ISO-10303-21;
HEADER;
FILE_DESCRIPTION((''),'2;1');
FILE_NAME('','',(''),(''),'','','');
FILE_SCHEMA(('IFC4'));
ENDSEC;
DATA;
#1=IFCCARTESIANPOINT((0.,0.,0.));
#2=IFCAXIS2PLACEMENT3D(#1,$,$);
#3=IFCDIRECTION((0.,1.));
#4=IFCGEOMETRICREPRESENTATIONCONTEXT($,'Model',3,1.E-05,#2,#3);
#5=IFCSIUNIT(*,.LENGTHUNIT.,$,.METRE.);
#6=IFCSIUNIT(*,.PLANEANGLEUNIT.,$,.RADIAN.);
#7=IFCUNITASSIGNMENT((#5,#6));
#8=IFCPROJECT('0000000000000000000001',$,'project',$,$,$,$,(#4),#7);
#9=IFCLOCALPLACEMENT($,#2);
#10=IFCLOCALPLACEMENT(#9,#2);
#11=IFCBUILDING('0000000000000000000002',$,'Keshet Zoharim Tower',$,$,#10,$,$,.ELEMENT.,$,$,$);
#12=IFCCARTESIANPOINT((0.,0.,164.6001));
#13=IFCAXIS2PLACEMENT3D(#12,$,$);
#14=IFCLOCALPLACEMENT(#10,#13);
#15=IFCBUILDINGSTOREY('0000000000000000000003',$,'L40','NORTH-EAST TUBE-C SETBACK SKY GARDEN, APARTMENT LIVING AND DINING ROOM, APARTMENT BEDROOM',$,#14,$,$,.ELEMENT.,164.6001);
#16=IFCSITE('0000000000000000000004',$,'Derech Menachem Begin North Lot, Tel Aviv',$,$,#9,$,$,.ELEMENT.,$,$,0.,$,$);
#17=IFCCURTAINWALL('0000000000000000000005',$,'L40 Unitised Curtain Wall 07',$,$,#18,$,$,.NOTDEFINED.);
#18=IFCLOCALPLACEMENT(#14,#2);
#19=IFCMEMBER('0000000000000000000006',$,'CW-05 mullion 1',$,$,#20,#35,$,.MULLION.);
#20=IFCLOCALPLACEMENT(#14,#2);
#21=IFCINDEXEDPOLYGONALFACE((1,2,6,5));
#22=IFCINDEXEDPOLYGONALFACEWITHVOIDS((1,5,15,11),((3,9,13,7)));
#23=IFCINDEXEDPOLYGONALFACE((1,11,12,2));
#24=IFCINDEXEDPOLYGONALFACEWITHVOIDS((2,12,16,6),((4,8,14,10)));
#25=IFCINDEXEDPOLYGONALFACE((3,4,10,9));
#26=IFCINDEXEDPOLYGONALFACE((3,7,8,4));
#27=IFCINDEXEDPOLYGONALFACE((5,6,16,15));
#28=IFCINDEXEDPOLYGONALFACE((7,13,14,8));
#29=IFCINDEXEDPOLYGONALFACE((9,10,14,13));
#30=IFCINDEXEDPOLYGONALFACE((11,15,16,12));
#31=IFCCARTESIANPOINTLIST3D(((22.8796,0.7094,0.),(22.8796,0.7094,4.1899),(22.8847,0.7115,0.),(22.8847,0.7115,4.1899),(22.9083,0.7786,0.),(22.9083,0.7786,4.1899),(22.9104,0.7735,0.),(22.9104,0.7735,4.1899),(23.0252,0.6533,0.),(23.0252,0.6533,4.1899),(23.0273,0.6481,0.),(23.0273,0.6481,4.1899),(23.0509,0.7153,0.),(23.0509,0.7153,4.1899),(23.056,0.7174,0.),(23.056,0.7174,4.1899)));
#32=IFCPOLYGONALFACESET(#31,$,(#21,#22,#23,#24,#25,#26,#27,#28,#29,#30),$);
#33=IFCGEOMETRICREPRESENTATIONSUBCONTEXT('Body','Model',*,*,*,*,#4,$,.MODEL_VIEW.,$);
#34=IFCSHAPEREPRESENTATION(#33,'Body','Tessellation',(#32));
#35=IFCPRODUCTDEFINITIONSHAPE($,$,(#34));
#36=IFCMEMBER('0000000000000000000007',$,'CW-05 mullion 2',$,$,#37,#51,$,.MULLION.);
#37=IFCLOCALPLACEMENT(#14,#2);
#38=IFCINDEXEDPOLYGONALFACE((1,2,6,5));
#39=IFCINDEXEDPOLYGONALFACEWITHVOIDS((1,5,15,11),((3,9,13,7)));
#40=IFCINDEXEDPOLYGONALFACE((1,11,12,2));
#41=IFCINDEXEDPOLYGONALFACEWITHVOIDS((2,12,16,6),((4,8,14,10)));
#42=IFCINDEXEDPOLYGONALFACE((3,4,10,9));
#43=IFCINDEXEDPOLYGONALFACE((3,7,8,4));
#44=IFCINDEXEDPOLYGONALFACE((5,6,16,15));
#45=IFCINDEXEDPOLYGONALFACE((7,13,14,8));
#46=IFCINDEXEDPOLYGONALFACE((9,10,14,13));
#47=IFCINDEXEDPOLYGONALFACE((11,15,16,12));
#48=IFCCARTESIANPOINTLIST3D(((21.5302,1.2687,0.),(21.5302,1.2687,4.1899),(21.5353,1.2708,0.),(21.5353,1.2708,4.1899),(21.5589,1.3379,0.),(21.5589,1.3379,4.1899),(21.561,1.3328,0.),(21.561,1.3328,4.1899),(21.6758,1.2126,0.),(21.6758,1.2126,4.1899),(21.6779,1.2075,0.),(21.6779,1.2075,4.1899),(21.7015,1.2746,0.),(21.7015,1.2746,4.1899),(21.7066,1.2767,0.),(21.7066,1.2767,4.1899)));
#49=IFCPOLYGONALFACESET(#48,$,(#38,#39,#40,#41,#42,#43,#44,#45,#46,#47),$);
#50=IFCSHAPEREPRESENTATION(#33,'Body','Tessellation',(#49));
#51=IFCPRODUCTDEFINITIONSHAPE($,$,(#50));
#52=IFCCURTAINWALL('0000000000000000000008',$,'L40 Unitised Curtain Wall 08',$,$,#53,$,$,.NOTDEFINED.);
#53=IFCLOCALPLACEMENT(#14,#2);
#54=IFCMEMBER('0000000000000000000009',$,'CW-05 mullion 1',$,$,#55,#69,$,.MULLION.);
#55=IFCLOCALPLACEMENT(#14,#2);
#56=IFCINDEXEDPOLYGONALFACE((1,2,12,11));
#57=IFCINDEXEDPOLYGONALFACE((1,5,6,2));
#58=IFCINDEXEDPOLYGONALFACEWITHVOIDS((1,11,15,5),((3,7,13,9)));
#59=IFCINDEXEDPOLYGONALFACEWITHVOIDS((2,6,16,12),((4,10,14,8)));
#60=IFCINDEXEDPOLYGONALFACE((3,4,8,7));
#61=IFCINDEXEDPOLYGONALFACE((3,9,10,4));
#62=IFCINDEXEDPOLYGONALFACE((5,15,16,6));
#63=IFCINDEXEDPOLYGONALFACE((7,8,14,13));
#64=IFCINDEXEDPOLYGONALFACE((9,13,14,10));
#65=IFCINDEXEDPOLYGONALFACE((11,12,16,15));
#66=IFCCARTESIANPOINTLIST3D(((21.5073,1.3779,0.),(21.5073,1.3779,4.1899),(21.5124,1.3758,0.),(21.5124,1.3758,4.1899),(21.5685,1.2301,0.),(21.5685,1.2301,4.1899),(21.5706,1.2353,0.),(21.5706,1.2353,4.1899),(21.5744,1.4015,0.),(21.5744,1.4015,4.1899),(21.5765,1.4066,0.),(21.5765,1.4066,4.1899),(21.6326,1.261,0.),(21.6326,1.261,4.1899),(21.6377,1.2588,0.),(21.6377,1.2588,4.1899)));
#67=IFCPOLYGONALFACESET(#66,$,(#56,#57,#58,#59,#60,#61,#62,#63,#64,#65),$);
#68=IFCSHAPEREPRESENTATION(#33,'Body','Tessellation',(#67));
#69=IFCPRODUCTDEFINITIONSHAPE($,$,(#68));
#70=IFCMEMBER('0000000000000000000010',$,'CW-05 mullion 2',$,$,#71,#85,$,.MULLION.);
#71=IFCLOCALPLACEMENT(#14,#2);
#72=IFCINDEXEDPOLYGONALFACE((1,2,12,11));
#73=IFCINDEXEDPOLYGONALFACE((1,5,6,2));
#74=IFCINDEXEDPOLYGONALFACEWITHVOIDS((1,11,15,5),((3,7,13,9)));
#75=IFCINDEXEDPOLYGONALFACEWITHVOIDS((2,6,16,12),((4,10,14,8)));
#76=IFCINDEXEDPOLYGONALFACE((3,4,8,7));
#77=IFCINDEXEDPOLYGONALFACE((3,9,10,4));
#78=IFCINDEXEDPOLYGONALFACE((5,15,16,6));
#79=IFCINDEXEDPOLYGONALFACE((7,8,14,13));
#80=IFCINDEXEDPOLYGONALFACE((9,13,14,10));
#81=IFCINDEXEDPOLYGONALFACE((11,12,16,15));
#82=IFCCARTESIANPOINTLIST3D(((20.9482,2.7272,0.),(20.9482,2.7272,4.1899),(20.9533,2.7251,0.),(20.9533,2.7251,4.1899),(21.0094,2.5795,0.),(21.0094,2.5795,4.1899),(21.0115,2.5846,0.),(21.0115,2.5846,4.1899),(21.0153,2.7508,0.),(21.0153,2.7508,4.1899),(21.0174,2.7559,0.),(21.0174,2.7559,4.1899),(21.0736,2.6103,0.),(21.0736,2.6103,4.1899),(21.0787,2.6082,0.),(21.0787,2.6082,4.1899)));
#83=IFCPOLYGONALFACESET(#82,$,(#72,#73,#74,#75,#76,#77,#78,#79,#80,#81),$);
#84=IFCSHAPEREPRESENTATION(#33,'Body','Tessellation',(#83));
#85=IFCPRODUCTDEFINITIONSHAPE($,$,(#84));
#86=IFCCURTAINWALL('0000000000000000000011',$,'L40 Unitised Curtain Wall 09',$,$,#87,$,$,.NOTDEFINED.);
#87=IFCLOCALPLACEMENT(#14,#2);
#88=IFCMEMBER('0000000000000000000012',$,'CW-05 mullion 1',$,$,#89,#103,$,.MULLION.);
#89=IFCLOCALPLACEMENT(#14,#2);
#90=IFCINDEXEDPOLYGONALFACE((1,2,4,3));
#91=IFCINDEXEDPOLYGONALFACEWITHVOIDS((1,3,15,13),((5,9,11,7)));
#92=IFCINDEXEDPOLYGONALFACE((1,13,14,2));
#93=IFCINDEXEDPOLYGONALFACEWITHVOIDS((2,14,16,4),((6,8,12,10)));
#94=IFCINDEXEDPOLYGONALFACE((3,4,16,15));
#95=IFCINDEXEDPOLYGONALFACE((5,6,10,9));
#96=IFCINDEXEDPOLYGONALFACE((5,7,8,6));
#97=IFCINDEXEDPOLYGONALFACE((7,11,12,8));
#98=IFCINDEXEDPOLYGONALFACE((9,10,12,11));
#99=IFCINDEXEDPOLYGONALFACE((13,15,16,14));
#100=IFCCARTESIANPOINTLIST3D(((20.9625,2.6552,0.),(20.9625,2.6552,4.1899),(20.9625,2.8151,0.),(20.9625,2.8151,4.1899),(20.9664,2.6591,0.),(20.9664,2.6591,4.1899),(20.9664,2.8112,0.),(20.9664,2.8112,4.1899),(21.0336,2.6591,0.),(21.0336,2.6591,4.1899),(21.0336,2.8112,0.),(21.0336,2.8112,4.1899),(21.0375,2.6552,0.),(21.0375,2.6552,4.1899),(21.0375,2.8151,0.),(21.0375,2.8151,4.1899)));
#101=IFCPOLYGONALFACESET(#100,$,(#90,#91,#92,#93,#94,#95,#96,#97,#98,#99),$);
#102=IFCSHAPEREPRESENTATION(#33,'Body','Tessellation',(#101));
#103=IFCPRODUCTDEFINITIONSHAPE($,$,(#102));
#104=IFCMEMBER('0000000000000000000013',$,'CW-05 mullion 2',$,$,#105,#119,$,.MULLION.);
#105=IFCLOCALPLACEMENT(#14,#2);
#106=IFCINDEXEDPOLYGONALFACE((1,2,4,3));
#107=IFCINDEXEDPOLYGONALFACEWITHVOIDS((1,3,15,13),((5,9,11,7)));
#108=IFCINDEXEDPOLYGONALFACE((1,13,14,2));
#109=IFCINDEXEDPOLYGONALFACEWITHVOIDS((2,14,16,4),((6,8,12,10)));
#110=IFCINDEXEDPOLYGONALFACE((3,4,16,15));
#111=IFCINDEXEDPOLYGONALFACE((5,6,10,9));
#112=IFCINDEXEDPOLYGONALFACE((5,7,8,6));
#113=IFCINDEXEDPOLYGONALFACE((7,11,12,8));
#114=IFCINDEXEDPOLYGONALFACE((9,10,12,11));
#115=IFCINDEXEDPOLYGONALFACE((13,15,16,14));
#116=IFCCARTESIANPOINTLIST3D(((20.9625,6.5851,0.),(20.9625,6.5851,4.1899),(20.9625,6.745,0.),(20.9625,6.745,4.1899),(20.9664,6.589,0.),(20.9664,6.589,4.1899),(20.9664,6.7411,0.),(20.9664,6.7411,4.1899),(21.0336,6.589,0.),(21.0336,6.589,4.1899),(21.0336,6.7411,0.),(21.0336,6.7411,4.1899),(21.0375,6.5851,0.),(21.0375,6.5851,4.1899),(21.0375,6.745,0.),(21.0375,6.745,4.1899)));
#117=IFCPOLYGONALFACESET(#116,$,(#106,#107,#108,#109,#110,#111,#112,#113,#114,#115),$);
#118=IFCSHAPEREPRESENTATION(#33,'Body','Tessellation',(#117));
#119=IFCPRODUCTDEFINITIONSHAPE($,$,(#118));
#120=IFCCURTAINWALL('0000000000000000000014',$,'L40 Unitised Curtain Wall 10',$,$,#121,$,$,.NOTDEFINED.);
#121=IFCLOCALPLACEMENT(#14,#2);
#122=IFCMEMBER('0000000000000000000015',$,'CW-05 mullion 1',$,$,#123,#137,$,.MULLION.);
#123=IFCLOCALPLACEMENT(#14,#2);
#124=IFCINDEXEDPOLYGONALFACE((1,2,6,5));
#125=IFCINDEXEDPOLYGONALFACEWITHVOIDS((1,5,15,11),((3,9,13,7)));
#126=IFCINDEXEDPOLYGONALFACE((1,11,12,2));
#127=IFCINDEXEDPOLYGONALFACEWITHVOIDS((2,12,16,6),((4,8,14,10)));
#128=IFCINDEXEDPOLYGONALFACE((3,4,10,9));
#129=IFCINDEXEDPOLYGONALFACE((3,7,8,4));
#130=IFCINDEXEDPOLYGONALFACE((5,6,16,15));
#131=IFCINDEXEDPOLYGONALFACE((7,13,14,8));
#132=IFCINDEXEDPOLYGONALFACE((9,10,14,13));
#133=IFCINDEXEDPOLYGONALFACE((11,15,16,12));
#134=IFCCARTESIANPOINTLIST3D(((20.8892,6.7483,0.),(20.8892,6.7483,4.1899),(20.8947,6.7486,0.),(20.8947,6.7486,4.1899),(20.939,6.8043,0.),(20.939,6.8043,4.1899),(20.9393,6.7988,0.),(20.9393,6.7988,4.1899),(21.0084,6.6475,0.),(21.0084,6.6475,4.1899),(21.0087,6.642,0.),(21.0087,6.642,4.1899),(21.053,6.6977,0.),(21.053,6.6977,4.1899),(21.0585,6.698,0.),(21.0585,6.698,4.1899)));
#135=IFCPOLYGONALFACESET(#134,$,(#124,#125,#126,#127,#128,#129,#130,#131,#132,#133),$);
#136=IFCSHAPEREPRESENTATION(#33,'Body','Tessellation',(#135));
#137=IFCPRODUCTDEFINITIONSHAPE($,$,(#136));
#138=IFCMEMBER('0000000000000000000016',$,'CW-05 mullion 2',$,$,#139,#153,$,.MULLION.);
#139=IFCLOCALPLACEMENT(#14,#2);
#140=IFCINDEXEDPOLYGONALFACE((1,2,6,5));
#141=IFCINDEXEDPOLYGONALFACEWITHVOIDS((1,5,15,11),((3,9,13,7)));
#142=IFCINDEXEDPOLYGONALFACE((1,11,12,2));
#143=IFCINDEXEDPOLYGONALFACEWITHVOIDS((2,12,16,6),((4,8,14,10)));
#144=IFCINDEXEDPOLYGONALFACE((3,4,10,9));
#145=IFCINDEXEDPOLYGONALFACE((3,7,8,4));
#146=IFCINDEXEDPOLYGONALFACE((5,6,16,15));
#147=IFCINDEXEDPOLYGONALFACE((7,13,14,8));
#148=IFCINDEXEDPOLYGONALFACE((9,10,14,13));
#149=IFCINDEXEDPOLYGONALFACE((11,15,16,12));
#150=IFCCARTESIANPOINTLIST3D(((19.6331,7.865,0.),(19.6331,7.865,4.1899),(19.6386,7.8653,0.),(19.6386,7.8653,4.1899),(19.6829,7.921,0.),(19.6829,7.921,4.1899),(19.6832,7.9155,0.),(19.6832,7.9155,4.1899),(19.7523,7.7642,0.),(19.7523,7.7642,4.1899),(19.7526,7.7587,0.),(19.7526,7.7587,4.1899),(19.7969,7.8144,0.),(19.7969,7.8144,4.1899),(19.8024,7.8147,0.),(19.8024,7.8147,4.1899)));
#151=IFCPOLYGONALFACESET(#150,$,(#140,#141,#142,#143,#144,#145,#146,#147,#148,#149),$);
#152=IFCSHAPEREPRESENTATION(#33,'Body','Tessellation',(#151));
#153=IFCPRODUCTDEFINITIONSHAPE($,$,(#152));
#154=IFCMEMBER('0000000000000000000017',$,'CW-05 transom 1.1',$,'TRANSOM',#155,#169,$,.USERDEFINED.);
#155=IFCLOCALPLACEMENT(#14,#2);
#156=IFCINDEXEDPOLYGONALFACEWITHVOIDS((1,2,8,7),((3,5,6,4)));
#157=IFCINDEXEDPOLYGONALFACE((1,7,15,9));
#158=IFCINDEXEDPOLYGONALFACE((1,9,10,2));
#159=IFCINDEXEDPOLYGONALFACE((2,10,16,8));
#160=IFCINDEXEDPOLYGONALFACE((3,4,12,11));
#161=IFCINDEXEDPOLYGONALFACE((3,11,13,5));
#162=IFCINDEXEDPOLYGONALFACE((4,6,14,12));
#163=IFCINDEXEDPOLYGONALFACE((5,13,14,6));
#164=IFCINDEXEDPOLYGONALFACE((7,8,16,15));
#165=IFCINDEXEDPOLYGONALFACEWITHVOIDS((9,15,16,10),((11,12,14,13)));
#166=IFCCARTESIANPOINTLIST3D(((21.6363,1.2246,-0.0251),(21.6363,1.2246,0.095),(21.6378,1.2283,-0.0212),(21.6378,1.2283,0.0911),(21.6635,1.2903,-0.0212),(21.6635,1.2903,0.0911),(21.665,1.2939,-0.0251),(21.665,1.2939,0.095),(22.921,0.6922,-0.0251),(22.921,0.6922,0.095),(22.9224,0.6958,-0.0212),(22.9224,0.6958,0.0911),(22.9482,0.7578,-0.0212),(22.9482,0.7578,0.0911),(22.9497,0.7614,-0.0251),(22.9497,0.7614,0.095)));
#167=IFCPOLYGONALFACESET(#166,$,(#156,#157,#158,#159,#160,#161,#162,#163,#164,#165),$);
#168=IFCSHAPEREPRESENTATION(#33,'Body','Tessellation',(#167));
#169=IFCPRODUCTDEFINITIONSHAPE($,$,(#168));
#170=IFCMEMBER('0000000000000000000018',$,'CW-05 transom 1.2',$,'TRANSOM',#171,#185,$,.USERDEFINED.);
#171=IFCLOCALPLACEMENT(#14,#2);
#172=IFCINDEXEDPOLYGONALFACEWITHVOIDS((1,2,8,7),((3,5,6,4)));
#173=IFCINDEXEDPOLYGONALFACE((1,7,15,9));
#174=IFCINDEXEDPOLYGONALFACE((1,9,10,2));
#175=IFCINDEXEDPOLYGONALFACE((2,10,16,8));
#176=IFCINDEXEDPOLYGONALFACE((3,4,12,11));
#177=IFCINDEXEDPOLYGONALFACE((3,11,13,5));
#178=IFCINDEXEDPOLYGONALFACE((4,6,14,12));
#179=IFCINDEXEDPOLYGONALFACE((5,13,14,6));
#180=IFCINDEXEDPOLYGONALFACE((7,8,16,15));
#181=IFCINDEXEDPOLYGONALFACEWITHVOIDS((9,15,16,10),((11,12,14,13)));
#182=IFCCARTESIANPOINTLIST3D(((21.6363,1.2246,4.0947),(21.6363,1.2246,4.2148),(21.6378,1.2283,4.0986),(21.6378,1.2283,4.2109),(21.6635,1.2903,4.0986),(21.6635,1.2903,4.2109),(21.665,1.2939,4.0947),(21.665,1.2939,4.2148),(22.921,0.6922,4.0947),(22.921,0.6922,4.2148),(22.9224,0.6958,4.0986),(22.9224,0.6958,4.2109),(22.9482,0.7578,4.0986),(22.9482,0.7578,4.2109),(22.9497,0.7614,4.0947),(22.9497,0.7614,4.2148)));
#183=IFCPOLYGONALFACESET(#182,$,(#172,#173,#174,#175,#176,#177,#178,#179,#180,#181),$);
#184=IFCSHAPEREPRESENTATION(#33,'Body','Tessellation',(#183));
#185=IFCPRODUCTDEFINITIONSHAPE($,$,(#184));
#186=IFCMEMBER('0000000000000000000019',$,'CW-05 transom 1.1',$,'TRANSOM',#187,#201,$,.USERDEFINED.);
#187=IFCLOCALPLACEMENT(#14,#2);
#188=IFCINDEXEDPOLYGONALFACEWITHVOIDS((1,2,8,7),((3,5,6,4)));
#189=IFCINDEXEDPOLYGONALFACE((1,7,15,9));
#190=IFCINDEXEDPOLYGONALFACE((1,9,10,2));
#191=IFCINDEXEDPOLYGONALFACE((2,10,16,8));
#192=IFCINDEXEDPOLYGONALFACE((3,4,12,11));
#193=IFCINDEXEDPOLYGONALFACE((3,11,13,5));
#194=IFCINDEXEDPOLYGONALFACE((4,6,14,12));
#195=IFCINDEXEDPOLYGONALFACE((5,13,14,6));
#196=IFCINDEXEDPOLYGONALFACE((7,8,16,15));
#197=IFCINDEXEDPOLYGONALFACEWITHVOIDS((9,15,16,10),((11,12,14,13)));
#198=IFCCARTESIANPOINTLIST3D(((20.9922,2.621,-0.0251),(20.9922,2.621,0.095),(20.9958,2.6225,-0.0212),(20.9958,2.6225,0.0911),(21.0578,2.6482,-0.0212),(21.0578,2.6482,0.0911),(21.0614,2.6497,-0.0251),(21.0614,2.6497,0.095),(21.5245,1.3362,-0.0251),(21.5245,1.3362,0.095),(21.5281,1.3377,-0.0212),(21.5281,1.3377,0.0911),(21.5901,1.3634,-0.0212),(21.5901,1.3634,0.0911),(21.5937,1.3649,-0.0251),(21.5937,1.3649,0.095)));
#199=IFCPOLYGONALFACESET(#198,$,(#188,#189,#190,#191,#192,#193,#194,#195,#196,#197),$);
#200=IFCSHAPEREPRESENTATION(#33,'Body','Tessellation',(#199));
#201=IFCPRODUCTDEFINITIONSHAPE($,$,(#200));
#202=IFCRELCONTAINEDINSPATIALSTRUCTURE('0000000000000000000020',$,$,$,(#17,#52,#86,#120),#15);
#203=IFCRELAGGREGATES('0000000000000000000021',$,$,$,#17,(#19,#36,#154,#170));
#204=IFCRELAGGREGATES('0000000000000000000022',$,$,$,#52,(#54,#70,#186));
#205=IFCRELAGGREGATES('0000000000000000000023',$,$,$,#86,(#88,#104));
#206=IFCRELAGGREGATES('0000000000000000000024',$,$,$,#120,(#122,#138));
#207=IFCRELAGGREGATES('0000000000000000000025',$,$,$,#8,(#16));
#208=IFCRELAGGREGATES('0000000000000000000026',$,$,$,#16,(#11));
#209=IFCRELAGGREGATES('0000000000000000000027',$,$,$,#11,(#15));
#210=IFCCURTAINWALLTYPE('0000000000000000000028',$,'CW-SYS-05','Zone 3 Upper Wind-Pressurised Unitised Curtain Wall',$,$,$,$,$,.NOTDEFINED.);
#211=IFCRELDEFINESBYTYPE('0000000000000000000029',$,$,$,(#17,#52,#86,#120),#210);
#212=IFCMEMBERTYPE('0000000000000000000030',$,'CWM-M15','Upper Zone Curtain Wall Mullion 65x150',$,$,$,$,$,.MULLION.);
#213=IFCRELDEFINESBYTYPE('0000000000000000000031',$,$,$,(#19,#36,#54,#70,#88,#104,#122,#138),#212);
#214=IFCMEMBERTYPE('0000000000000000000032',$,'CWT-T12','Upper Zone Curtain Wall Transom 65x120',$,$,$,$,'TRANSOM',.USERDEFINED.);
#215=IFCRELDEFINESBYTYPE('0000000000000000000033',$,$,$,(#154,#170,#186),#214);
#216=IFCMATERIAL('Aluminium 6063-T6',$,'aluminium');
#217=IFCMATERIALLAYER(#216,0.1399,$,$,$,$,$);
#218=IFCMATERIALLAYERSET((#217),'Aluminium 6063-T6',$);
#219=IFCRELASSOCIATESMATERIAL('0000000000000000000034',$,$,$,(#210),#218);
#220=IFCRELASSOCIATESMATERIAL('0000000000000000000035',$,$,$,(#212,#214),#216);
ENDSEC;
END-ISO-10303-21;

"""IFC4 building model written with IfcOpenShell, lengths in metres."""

from ifc_helpers import new_model, si_unit, direction, frame, origin, origin_2d, place, context, subcontext, project, spatial, hollow_rectangle, extrude, material, layer, layer_set, material_profile, profile_set, type_object, element, aggregate, save


model = new_model("IFC4")

# Units and contexts
model_context = context("Model", 3, precision=1e-05, world=origin(), true_north=direction((0.0, 1.0)))
body_context = subcontext(model_context, "Body", "Model", "MODEL_VIEW")
ifc_project = project(units=[si_unit("LENGTHUNIT", "METRE"), si_unit("PLANEANGLEUNIT", "RADIAN")], contexts=[model_context])

# Site, building, storey
site_placement = place(None, origin())
site = spatial("IfcSite", under=ifc_project, at=site_placement, Name="Derech Menachem Begin North Lot, Tel Aviv", CompositionType="ELEMENT", RefElevation=0.0)
building_placement = place(site_placement, origin())
building = spatial("IfcBuilding", under=site, at=building_placement, Name="Keshet Zoharim Tower", CompositionType="ELEMENT")
storey_placement = place(building_placement, frame((0.0, 0.0, 164.6001)))
storey = spatial("IfcBuildingStorey", under=building, at=storey_placement, Name="L40", Description="NORTH-EAST TUBE-C SETBACK SKY GARDEN, APARTMENT LIVING AND DINING ROOM, APARTMENT BEDROOM", CompositionType="ELEMENT", Elevation=164.6001)

# Shared definitions
ifc_material_1 = material(Name="Aluminium 6063-T6", Category="aluminium")
ifc_layer_1 = layer(ifc_material_1, 0.1399)
ifc_layer_set_1 = layer_set([ifc_layer_1], Name="Aluminium 6063-T6")
curtain_wall_type = type_object("IfcCurtainWallType", Name="CW-SYS-05", Description="Zone 3 Upper Wind-Pressurised Unitised Curtain Wall", PredefinedType="NOTDEFINED", material=ifc_layer_set_1)
ifc_material_profile_1 = material_profile(ifc_material_1, hollow_rectangle(XDim=0.075, YDim=0.1599, WallThickness=0.0039, at=origin_2d()), Name="MUL-75x160")
ifc_profile_set_1 = profile_set([ifc_material_profile_1], Name="Aluminium 6063-T6")
member_type_1 = type_object("IfcMemberType", Name="CWM-M15", Description="Upper Zone Curtain Wall Mullion 65x150", PredefinedType="MULLION", material=ifc_profile_set_1)

# Curtain walls, members
curtain_wall_1_placement = place(storey_placement, origin())
curtain_wall_1 = element("IfcCurtainWall", 1, at=curtain_wall_1_placement, inside=storey, type_object=curtain_wall_type, Name="L40 Unitised Curtain Wall 07", PredefinedType="NOTDEFINED")
member_1_placement = place(storey_placement, frame((22.9678, 0.7134, 0.0), z_axis=(0.0, 0.0, 1.0), x_axis=(-0.382852, -0.92381, 0.0)))
member_1 = element("IfcMember", 2, at=member_1_placement, type_object=member_type_1, Name="CW-05 mullion 1", PredefinedType="MULLION", context=body_context, shape_type="SweptSolid", body=[
    extrude(hollow_rectangle(XDim=0.075, YDim=0.1599, WallThickness=0.0039, at=origin_2d()), origin(), (0.0, 0.0, 1.0), 4.1899),
])
member_2_placement = place(storey_placement, frame((21.6184, 1.2727, 0.0), z_axis=(0.0, 0.0, 1.0), x_axis=(-0.382852, -0.92381, 0.0)))
member_2 = element("IfcMember", 3, at=member_2_placement, type_object=member_type_1, Name="CW-05 mullion 2", PredefinedType="MULLION", context=body_context, shape_type="SweptSolid", body=[
    extrude(hollow_rectangle(XDim=0.075, YDim=0.1599, WallThickness=0.0039, at=origin_2d()), origin(), (0.0, 0.0, 1.0), 4.1899),
])
curtain_wall_2_placement = place(storey_placement, origin())
curtain_wall_2 = element("IfcCurtainWall", 4, at=curtain_wall_2_placement, inside=storey, type_object=curtain_wall_type, Name="L40 Unitised Curtain Wall 08", PredefinedType="NOTDEFINED")
member_3_placement = place(storey_placement, frame((21.5725, 1.3184, 0.0), z_axis=(0.0, 0.0, 1.0), x_axis=(-0.92381, -0.382852, 0.0)))
member_3 = element("IfcMember", 5, at=member_3_placement, type_object=member_type_1, Name="CW-05 mullion 1", PredefinedType="MULLION", context=body_context, shape_type="SweptSolid", body=[
    extrude(hollow_rectangle(XDim=0.075, YDim=0.1599, WallThickness=0.0039, at=origin_2d()), origin(), (0.0, 0.0, 1.0), 4.1899),
])
member_4_placement = place(storey_placement, frame((21.0134, 2.6677, 0.0), z_axis=(0.0, 0.0, 1.0), x_axis=(-0.92381, -0.382852, 0.0)))
member_4 = element("IfcMember", 6, at=member_4_placement, type_object=member_type_1, Name="CW-05 mullion 2", PredefinedType="MULLION", context=body_context, shape_type="SweptSolid", body=[
    extrude(hollow_rectangle(XDim=0.075, YDim=0.1599, WallThickness=0.0039, at=origin_2d()), origin(), (0.0, 0.0, 1.0), 4.1899),
])
curtain_wall_3_placement = place(storey_placement, origin())
curtain_wall_3 = element("IfcCurtainWall", 7, at=curtain_wall_3_placement, inside=storey, type_object=curtain_wall_type, Name="L40 Unitised Curtain Wall 09", PredefinedType="NOTDEFINED")
member_5_placement = place(storey_placement, frame((21.0, 2.7351, 0.0), z_axis=(0.0, 0.0, 1.0), x_axis=(-1.0, 0.0, 0.0)))
member_5 = element("IfcMember", 8, at=member_5_placement, type_object=member_type_1, Name="CW-05 mullion 1", PredefinedType="MULLION", context=body_context, shape_type="SweptSolid", body=[
    extrude(hollow_rectangle(XDim=0.075, YDim=0.1599, WallThickness=0.0039, at=origin_2d()), origin(), (0.0, 0.0, 1.0), 4.1899),
])
member_6_placement = place(storey_placement, frame((21.0, 6.665, 0.0), z_axis=(0.0, 0.0, 1.0), x_axis=(-1.0, 0.0, 0.0)))
member_6 = element("IfcMember", 9, at=member_6_placement, type_object=member_type_1, Name="CW-05 mullion 2", PredefinedType="MULLION", context=body_context, shape_type="SweptSolid", body=[
    extrude(hollow_rectangle(XDim=0.075, YDim=0.1599, WallThickness=0.0039, at=origin_2d()), origin(), (0.0, 0.0, 1.0), 4.1899),
])
curtain_wall_4_placement = place(storey_placement, origin())
curtain_wall_4 = element("IfcCurtainWall", 10, at=curtain_wall_4_placement, inside=storey, type_object=curtain_wall_type, Name="L40 Unitised Curtain Wall 10", PredefinedType="NOTDEFINED")
member_7_placement = place(storey_placement, frame((20.9739, 6.7231, 0.0), z_axis=(0.0, 0.0, 1.0), x_axis=(-0.664357, -0.747416, 0.0)))
member_7 = element("IfcMember", 11, at=member_7_placement, type_object=member_type_1, Name="CW-05 mullion 1", PredefinedType="MULLION", context=body_context, shape_type="SweptSolid", body=[
    extrude(hollow_rectangle(XDim=0.075, YDim=0.1599, WallThickness=0.0039, at=origin_2d()), origin(), (0.0, 0.0, 1.0), 4.1899),
])
member_8_placement = place(storey_placement, frame((19.7178, 7.8398, 0.0), z_axis=(0.0, 0.0, 1.0), x_axis=(-0.664357, -0.747416, 0.0)))
member_8 = element("IfcMember", 12, at=member_8_placement, type_object=member_type_1, Name="CW-05 mullion 2", PredefinedType="MULLION", context=body_context, shape_type="SweptSolid", body=[
    extrude(hollow_rectangle(XDim=0.075, YDim=0.1599, WallThickness=0.0039, at=origin_2d()), origin(), (0.0, 0.0, 1.0), 4.1899),
])

# Members
ifc_material_profile_2 = material_profile(ifc_material_1, hollow_rectangle(XDim=0.075, YDim=0.1201, WallThickness=0.0039, at=origin_2d()), Name="TRN-75x120")
ifc_profile_set_2 = profile_set([ifc_material_profile_2], Name="Aluminium 6063-T6")
member_type_2 = type_object("IfcMemberType", Name="CWT-T12", Description="Upper Zone Curtain Wall Transom 65x120", ElementType="TRANSOM", PredefinedType="USERDEFINED", material=ifc_profile_set_2)
member_9_placement = place(storey_placement, frame((22.9353, 0.7268, 0.0349), z_axis=(-0.923792, 0.382894, 0.0), x_axis=(-0.382894, -0.923792, 0.0)))
member_9 = element("IfcMember", 13, at=member_9_placement, type_object=member_type_2, Name="CW-05 transom 1.1", ObjectType="TRANSOM", PredefinedType="USERDEFINED", context=body_context, shape_type="SweptSolid", body=[
    extrude(hollow_rectangle(XDim=0.075, YDim=0.1201, WallThickness=0.0039, at=origin_2d()), origin(), (0.0, 0.0, 1.0), 1.3906),
])
member_10_placement = place(storey_placement, frame((22.9353, 0.7268, 4.1548), z_axis=(-0.923792, 0.382894, 0.0), x_axis=(-0.382894, -0.923792, 0.0)))
member_10 = element("IfcMember", 14, at=member_10_placement, type_object=member_type_2, Name="CW-05 transom 1.2", ObjectType="TRANSOM", PredefinedType="USERDEFINED", context=body_context, shape_type="SweptSolid", body=[
    extrude(hollow_rectangle(XDim=0.075, YDim=0.1201, WallThickness=0.0039, at=origin_2d()), origin(), (0.0, 0.0, 1.0), 1.3906),
])
member_11_placement = place(storey_placement, frame((21.5591, 1.3506, 0.0349), z_axis=(-0.382745, 0.923854, 0.0), x_axis=(-0.923854, -0.382745, 0.0)))
member_11 = element("IfcMember", 15, at=member_11_placement, type_object=member_type_2, Name="CW-05 transom 1.1", ObjectType="TRANSOM", PredefinedType="USERDEFINED", context=body_context, shape_type="SweptSolid", body=[
    extrude(hollow_rectangle(XDim=0.075, YDim=0.1201, WallThickness=0.0039, at=origin_2d()), origin(), (0.0, 0.0, 1.0), 1.3906),
])

aggregate(curtain_wall_1, [member_1, member_2, member_9, member_10])
aggregate(curtain_wall_2, [member_3, member_4, member_11])
aggregate(curtain_wall_3, [member_5, member_6])
aggregate(curtain_wall_4, [member_7, member_8])

save(model, "model.ifc")
